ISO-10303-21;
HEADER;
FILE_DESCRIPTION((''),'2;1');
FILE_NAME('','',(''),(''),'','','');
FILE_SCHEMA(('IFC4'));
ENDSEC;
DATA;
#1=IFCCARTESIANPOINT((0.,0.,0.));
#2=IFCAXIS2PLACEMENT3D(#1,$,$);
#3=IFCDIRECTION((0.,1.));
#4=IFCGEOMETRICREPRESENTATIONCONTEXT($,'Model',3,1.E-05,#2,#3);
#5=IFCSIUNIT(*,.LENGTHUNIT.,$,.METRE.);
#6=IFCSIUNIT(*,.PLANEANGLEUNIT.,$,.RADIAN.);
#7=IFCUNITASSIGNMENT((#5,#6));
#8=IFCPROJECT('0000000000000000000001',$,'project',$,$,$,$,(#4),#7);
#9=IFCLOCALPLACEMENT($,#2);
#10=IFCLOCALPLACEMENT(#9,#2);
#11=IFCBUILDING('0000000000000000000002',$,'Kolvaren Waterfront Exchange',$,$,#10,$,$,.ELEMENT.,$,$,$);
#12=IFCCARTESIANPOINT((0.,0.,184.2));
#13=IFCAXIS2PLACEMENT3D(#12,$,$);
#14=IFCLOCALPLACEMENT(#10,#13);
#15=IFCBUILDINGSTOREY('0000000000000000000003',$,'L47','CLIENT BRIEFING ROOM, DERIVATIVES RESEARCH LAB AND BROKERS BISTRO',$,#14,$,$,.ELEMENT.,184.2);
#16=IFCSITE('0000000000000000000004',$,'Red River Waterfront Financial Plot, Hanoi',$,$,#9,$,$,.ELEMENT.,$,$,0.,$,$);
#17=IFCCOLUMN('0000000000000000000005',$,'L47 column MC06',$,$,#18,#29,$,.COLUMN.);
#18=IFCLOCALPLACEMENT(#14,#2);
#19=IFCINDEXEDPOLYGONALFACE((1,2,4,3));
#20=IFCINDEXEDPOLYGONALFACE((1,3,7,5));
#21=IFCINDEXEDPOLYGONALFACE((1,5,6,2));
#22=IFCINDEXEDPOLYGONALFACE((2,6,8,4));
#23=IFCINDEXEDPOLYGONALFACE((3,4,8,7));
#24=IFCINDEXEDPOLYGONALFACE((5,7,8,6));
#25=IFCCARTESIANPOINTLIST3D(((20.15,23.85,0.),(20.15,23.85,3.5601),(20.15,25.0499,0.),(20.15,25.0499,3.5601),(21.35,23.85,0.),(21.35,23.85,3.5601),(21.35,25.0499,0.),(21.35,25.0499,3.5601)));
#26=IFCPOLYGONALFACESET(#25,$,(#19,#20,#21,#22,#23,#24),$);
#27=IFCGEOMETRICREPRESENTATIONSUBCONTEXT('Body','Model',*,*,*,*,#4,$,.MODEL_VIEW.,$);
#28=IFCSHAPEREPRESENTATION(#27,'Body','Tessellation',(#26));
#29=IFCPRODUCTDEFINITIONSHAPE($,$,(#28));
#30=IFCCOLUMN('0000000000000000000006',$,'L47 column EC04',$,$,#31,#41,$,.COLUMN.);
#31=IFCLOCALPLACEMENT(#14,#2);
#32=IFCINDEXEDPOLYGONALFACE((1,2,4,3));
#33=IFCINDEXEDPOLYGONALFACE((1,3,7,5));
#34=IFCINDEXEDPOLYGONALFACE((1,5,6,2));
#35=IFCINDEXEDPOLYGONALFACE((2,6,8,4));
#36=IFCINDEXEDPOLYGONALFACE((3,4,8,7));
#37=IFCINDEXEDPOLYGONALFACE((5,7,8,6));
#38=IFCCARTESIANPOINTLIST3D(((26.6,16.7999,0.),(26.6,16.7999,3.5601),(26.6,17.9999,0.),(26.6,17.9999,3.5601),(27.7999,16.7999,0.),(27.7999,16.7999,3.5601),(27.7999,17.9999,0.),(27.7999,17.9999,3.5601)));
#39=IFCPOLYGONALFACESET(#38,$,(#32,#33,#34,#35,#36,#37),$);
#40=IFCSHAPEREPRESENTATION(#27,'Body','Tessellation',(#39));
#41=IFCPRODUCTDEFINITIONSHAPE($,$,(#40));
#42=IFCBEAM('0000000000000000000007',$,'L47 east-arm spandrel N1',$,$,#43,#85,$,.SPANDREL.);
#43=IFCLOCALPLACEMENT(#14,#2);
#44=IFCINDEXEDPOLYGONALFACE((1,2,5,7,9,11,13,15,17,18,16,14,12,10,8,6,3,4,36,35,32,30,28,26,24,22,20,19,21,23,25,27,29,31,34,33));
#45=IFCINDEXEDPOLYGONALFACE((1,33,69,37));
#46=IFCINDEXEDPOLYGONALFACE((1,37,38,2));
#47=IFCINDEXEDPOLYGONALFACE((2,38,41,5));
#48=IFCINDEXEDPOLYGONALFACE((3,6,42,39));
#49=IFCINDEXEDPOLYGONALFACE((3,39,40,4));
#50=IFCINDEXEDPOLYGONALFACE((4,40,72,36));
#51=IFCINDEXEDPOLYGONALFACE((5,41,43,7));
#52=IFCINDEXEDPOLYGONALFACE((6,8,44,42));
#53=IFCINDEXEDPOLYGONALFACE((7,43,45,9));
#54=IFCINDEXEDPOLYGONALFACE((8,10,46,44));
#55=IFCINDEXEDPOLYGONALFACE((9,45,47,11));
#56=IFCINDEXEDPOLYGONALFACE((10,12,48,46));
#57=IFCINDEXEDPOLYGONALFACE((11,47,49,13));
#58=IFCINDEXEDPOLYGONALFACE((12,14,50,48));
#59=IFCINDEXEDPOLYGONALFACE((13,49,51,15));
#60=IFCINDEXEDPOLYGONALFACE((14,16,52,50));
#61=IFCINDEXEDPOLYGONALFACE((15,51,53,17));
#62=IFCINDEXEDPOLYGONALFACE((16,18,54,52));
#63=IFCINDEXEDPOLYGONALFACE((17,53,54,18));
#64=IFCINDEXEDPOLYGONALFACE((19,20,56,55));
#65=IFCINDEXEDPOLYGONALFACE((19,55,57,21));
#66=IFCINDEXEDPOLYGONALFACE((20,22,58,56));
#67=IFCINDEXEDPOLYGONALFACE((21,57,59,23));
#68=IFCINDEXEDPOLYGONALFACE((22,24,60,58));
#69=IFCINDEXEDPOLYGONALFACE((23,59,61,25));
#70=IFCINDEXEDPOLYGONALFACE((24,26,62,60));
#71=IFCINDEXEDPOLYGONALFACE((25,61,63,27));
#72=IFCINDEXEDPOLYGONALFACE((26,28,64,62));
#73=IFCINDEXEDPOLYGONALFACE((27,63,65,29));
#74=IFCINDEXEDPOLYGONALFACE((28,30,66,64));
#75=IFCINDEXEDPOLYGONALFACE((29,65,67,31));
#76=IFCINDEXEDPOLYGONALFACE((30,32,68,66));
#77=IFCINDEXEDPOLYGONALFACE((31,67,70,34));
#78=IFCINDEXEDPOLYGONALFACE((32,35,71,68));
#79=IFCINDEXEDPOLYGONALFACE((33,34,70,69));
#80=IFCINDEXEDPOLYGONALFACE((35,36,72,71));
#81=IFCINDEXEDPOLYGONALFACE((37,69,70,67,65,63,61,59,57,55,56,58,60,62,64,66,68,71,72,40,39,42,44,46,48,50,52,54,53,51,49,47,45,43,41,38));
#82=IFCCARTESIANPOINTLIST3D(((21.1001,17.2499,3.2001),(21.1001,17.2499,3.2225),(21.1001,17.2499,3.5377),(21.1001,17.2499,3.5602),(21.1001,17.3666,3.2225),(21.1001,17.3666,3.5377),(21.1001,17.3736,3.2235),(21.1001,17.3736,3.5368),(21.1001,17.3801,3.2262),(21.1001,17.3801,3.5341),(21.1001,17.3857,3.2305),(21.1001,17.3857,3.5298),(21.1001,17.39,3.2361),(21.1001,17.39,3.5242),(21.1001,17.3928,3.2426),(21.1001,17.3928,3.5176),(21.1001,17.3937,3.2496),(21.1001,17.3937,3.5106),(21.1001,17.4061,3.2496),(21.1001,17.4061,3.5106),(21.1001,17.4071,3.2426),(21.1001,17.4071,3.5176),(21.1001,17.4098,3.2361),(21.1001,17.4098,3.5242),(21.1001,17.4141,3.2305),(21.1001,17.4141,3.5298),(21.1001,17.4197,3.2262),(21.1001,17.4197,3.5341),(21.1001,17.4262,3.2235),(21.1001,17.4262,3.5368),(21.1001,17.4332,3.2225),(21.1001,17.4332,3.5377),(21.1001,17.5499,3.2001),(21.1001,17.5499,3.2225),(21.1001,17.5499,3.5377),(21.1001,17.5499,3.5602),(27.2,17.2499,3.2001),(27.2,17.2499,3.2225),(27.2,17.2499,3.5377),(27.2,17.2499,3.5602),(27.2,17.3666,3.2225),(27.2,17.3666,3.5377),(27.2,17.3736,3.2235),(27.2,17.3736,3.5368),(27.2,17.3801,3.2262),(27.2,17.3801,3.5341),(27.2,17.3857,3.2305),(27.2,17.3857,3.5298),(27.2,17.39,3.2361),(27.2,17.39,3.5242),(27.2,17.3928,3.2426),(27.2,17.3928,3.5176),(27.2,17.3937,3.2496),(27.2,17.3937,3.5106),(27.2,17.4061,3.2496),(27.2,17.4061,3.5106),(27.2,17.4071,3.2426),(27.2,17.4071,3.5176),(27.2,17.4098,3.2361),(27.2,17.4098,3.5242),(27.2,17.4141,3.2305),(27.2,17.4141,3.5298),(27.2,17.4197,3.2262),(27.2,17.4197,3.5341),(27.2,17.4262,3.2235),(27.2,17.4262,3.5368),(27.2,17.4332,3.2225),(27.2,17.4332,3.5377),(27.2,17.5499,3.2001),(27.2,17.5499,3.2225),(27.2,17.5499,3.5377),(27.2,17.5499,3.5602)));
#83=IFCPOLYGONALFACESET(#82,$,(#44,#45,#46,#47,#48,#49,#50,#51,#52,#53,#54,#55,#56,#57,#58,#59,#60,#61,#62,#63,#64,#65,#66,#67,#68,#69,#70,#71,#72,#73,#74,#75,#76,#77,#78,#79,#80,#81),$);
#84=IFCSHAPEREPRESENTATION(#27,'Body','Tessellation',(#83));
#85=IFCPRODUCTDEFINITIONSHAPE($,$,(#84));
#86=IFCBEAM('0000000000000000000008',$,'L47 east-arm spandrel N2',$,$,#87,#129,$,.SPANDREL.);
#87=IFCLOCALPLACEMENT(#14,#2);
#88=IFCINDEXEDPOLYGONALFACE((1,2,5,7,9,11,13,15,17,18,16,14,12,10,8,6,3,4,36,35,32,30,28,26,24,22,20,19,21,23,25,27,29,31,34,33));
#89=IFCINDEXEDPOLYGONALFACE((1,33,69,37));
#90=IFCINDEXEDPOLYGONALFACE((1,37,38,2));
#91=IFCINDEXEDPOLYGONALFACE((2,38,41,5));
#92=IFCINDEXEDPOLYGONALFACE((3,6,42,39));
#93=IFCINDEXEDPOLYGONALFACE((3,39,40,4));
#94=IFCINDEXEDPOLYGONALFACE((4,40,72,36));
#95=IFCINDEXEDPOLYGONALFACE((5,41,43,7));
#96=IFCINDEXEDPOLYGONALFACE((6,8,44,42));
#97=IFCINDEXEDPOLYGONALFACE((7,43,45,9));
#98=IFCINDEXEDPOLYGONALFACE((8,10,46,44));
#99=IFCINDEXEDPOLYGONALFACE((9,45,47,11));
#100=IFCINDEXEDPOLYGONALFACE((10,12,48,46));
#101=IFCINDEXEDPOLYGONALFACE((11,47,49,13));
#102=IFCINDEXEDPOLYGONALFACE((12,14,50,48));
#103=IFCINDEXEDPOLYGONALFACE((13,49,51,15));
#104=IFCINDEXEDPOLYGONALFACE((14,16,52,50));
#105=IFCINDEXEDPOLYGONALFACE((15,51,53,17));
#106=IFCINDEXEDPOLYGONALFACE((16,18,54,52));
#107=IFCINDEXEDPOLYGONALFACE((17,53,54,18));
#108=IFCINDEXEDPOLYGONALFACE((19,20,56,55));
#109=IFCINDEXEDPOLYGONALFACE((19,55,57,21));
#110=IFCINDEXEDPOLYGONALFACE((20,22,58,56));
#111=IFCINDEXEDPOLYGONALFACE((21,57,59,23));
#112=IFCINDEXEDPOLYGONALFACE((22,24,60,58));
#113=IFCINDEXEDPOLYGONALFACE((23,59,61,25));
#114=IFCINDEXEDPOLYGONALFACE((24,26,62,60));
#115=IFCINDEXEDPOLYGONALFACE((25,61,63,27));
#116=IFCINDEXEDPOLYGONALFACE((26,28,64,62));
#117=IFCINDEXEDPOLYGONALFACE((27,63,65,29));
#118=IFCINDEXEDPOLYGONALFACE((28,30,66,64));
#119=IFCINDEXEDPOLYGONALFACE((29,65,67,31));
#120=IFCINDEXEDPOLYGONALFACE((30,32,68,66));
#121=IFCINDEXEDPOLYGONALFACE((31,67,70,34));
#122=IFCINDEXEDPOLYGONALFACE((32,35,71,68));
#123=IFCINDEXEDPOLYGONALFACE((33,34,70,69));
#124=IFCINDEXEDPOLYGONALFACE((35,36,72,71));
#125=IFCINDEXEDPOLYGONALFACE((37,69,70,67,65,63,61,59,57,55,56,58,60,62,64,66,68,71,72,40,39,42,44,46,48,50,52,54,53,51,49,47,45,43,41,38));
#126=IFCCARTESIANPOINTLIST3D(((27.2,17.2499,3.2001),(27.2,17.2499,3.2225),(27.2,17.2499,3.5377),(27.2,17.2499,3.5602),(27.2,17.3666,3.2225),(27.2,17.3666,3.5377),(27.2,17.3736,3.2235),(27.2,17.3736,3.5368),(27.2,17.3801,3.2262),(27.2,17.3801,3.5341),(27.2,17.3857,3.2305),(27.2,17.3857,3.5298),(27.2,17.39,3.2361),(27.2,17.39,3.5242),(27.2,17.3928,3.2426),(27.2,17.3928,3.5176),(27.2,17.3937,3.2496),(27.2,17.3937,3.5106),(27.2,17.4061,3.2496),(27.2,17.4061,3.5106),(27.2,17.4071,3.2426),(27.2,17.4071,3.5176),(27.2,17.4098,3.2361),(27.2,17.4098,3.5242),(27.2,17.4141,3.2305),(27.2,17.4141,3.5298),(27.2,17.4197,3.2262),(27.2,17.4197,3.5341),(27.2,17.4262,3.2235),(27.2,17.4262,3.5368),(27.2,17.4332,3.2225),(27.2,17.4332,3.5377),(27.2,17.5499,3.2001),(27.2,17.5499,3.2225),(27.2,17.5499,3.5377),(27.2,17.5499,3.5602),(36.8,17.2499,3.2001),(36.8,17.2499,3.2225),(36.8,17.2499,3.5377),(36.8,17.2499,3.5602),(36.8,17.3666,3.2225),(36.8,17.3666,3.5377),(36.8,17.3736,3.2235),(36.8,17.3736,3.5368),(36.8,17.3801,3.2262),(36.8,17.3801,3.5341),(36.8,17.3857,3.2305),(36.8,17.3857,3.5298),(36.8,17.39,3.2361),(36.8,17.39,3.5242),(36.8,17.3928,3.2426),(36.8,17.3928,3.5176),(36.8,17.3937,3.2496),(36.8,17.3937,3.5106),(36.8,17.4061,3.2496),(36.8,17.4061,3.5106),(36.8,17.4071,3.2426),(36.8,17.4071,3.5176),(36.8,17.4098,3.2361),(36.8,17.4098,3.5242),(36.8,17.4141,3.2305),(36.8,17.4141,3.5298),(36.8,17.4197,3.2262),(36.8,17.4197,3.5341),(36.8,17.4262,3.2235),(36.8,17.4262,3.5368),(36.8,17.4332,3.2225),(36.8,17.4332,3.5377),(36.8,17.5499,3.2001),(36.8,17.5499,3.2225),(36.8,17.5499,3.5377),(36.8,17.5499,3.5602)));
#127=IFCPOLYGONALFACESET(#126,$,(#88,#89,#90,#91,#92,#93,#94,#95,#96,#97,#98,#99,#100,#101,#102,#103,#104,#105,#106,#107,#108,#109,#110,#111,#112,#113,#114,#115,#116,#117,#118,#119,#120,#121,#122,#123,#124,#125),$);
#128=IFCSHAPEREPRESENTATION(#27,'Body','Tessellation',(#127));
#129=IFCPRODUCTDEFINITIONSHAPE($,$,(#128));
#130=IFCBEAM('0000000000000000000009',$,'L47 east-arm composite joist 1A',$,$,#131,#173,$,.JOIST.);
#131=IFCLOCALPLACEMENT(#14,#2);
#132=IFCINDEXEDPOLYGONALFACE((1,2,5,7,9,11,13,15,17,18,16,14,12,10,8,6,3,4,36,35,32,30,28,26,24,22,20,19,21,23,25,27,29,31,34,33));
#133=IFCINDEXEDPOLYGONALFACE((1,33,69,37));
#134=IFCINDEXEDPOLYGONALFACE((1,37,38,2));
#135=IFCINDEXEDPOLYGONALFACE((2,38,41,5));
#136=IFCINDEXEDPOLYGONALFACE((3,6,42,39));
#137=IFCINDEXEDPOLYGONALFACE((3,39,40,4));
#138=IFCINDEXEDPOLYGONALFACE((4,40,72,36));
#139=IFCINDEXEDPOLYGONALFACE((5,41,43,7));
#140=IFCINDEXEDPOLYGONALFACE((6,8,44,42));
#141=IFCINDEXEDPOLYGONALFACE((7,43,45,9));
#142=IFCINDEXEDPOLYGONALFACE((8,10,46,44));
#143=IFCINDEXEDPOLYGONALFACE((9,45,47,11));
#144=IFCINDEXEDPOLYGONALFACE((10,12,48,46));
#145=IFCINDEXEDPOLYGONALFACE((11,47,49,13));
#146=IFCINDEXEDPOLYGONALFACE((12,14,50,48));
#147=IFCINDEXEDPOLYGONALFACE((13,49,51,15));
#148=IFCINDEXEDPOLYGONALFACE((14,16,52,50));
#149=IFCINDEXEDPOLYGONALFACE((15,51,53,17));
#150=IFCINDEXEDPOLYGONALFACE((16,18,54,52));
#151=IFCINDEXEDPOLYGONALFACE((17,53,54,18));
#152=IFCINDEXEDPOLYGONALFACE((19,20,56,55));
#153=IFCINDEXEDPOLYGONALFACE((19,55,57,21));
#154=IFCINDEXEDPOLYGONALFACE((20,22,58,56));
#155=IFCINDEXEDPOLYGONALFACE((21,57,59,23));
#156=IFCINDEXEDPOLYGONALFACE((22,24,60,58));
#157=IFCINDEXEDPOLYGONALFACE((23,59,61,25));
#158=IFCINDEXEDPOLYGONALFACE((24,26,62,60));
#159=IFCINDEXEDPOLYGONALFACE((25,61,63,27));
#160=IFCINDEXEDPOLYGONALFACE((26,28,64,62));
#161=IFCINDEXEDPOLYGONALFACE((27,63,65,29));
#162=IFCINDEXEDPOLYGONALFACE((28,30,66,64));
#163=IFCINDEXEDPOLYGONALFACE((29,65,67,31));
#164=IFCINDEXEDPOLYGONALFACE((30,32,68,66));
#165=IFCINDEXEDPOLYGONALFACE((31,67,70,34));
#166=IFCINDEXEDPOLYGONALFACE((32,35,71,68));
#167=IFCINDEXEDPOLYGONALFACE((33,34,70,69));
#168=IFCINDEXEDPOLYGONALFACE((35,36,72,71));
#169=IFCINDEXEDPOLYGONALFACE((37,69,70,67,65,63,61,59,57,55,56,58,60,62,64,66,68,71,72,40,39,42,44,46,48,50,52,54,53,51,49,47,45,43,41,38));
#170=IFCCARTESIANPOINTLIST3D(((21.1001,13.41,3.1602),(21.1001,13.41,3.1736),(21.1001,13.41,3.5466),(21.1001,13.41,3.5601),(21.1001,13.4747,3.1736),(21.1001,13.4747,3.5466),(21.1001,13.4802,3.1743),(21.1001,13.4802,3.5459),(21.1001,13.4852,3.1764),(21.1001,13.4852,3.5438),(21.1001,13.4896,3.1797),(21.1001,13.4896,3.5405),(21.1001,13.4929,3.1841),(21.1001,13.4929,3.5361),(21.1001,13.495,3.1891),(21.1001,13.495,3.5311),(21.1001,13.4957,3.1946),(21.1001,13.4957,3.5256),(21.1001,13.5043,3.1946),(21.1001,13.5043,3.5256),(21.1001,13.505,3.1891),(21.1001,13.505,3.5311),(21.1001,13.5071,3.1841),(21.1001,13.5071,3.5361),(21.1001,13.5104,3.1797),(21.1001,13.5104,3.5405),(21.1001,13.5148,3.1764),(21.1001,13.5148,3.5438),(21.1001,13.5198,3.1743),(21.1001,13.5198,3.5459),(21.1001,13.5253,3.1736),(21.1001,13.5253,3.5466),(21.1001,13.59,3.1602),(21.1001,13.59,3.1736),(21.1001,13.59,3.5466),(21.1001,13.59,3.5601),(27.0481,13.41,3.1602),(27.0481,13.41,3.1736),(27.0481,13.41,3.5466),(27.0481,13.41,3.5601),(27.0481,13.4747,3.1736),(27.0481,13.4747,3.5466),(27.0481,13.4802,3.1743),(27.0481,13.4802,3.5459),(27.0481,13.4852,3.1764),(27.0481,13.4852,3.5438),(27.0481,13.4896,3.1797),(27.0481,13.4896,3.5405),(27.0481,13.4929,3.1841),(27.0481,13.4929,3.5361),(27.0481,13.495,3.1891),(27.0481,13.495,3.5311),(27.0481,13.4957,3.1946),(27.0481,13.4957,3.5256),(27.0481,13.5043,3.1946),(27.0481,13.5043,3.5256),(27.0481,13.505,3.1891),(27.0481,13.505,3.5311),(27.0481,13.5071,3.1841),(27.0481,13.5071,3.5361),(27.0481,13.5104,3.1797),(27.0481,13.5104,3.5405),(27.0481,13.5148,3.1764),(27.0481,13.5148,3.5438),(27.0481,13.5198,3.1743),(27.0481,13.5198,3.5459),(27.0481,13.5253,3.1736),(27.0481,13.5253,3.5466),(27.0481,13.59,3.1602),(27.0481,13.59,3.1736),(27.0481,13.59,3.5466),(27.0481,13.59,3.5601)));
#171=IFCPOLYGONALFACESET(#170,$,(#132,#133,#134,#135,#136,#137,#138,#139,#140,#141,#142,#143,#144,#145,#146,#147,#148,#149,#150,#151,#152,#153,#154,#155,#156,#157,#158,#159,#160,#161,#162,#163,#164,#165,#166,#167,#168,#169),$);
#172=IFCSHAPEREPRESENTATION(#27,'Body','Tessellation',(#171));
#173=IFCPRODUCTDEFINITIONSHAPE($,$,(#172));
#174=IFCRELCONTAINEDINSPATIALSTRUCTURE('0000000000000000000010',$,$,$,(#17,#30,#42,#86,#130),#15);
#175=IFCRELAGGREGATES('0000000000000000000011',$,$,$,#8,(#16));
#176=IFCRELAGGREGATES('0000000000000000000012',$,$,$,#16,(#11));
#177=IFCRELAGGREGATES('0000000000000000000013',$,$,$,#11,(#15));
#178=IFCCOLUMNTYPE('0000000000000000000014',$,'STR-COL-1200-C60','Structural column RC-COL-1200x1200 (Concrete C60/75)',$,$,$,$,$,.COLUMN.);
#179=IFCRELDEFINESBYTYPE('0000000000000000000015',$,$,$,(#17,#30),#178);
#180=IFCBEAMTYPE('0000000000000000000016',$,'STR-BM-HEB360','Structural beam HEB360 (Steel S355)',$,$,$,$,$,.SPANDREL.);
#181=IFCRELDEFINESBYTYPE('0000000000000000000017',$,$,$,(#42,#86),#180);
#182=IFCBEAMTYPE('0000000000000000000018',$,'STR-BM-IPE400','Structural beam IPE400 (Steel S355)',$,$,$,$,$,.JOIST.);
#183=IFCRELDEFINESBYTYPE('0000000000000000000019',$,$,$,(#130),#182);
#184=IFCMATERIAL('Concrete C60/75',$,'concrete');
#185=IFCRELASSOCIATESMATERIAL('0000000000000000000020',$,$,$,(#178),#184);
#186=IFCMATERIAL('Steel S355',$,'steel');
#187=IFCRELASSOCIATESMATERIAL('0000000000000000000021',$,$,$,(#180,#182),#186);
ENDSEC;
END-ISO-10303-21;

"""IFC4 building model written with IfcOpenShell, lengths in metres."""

from ifc_helpers import new_model, si_unit, direction, frame, origin, origin_2d, place, context, subcontext, project, spatial, rectangle, i_section, extrude, material, material_profile, profile_set, type_object, element, save


model = new_model("IFC4")

# Units and contexts
model_context = context("Model", 3, precision=1e-05, world=origin(), true_north=direction((0.0, 1.0)))
body_context = subcontext(model_context, "Body", "Model", "MODEL_VIEW")
ifc_project = project(units=[si_unit("LENGTHUNIT", "METRE"), si_unit("PLANEANGLEUNIT", "RADIAN")], contexts=[model_context])

# Site, building, storey
site_placement = place(None, origin())
site = spatial("IfcSite", under=ifc_project, at=site_placement, Name="Red River Waterfront Financial Plot, Hanoi", CompositionType="ELEMENT", RefElevation=0.0)
building_placement = place(site_placement, origin())
building = spatial("IfcBuilding", under=site, at=building_placement, Name="Kolvaren Waterfront Exchange", CompositionType="ELEMENT")
storey_placement = place(building_placement, frame((0.0, 0.0, 184.2)))
storey = spatial("IfcBuildingStorey", under=building, at=storey_placement, Name="L47", Description="CLIENT BRIEFING ROOM, DERIVATIVES RESEARCH LAB AND BROKERS BISTRO", CompositionType="ELEMENT", Elevation=184.2)

# Columns
ifc_material_1 = material(Name="Concrete C60/75", Category="concrete")
ifc_material_profile_1 = material_profile(ifc_material_1, rectangle(XDim=1.2, YDim=1.2, at=origin_2d()), Name="RC-COL-1200x1200")
ifc_profile_set_1 = profile_set([ifc_material_profile_1], Name="Concrete C60/75")
column_type = type_object("IfcColumnType", Name="STR-COL-1200-C60", Description="Structural column RC-COL-1200x1200 (Concrete C60/75)", PredefinedType="COLUMN", material=ifc_profile_set_1)
for number, where, z_axis, x_axis, name in (
    (1, (20.75, 24.45, 0.0), (0.0, 0.0, 1.0), (1.0, 0.0, 0.0), "L47 column MC06"),
    (2, (27.2, 17.3999, 0.0), (0.0, 0.0, 1.0), (1.0, 0.0, 0.0), "L47 column EC04"),
):
    element("IfcColumn", number, at=place(storey_placement, frame(where, z_axis=z_axis, x_axis=x_axis)), inside=storey, type_object=column_type, Name=name, PredefinedType="COLUMN", context=body_context, shape_type="SweptSolid", body=[
        extrude(rectangle(XDim=1.2, YDim=1.2, at=origin_2d()), origin(), (0.0, 0.0, 1.0), 3.5601),
    ])

# Beams
ifc_material_2 = material(Name="Steel S355", Category="steel")
ifc_material_profile_2 = material_profile(ifc_material_2, i_section(OverallWidth=0.3, OverallDepth=0.3601, WebThickness=0.0125, FlangeThickness=0.0225, FilletRadius=0.0271, at=origin_2d()), Name="HEB360")
ifc_profile_set_2 = profile_set([ifc_material_profile_2], Name="Steel S355")
beam_type_1 = type_object("IfcBeamType", Name="STR-BM-HEB360", Description="Structural beam HEB360 (Steel S355)", PredefinedType="SPANDREL", material=ifc_profile_set_2)
beam_1_placement = place(storey_placement, frame((21.1001, 17.3999, 3.3801), z_axis=(1.0, 0.0, 0.0), x_axis=(0.0, 1.0, 0.0)))
element("IfcBeam", 3, at=beam_1_placement, inside=storey, type_object=beam_type_1, Name="L47 east-arm spandrel N1", PredefinedType="SPANDREL", context=body_context, shape_type="SweptSolid", body=[
    extrude(i_section(OverallWidth=0.3, OverallDepth=0.3601, WebThickness=0.0125, FlangeThickness=0.0225, FilletRadius=0.0271, at=origin_2d()), origin(), (0.0, 0.0, 1.0), 6.0999),
])
beam_2_placement = place(storey_placement, frame((27.2, 17.3999, 3.3801), z_axis=(1.0, 0.0, 0.0), x_axis=(0.0, 1.0, 0.0)))
element("IfcBeam", 4, at=beam_2_placement, inside=storey, type_object=beam_type_1, Name="L47 east-arm spandrel N2", PredefinedType="SPANDREL", context=body_context, shape_type="SweptSolid", body=[
    extrude(i_section(OverallWidth=0.3, OverallDepth=0.3601, WebThickness=0.0125, FlangeThickness=0.0225, FilletRadius=0.0271, at=origin_2d()), origin(), (0.0, 0.0, 1.0), 9.6001),
])
ifc_material_profile_3 = material_profile(ifc_material_2, i_section(OverallWidth=0.1799, OverallDepth=0.3999, WebThickness=0.0085, FlangeThickness=0.0134, FilletRadius=0.021, at=origin_2d()), Name="IPE400")
ifc_profile_set_3 = profile_set([ifc_material_profile_3], Name="Steel S355")
beam_type_2 = type_object("IfcBeamType", Name="STR-BM-IPE400", Description="Structural beam IPE400 (Steel S355)", PredefinedType="JOIST", material=ifc_profile_set_3)
for number, where, z_axis, x_axis, name in (
    (5, (21.1001, 13.5, 3.3601), (1.0, 0.0, 0.0), (0.0, 1.0, 0.0), "L47 east-arm composite joist 1A"),
):
    element("IfcBeam", number, at=place(storey_placement, frame(where, z_axis=z_axis, x_axis=x_axis)), inside=storey, type_object=beam_type_2, Name=name, PredefinedType="JOIST", context=body_context, shape_type="SweptSolid", body=[
        extrude(i_section(OverallWidth=0.1799, OverallDepth=0.3999, WebThickness=0.0085, FlangeThickness=0.0134, FilletRadius=0.021, at=origin_2d()), origin(), (0.0, 0.0, 1.0), 5.948),
    ])

save(model, "model.ifc")
